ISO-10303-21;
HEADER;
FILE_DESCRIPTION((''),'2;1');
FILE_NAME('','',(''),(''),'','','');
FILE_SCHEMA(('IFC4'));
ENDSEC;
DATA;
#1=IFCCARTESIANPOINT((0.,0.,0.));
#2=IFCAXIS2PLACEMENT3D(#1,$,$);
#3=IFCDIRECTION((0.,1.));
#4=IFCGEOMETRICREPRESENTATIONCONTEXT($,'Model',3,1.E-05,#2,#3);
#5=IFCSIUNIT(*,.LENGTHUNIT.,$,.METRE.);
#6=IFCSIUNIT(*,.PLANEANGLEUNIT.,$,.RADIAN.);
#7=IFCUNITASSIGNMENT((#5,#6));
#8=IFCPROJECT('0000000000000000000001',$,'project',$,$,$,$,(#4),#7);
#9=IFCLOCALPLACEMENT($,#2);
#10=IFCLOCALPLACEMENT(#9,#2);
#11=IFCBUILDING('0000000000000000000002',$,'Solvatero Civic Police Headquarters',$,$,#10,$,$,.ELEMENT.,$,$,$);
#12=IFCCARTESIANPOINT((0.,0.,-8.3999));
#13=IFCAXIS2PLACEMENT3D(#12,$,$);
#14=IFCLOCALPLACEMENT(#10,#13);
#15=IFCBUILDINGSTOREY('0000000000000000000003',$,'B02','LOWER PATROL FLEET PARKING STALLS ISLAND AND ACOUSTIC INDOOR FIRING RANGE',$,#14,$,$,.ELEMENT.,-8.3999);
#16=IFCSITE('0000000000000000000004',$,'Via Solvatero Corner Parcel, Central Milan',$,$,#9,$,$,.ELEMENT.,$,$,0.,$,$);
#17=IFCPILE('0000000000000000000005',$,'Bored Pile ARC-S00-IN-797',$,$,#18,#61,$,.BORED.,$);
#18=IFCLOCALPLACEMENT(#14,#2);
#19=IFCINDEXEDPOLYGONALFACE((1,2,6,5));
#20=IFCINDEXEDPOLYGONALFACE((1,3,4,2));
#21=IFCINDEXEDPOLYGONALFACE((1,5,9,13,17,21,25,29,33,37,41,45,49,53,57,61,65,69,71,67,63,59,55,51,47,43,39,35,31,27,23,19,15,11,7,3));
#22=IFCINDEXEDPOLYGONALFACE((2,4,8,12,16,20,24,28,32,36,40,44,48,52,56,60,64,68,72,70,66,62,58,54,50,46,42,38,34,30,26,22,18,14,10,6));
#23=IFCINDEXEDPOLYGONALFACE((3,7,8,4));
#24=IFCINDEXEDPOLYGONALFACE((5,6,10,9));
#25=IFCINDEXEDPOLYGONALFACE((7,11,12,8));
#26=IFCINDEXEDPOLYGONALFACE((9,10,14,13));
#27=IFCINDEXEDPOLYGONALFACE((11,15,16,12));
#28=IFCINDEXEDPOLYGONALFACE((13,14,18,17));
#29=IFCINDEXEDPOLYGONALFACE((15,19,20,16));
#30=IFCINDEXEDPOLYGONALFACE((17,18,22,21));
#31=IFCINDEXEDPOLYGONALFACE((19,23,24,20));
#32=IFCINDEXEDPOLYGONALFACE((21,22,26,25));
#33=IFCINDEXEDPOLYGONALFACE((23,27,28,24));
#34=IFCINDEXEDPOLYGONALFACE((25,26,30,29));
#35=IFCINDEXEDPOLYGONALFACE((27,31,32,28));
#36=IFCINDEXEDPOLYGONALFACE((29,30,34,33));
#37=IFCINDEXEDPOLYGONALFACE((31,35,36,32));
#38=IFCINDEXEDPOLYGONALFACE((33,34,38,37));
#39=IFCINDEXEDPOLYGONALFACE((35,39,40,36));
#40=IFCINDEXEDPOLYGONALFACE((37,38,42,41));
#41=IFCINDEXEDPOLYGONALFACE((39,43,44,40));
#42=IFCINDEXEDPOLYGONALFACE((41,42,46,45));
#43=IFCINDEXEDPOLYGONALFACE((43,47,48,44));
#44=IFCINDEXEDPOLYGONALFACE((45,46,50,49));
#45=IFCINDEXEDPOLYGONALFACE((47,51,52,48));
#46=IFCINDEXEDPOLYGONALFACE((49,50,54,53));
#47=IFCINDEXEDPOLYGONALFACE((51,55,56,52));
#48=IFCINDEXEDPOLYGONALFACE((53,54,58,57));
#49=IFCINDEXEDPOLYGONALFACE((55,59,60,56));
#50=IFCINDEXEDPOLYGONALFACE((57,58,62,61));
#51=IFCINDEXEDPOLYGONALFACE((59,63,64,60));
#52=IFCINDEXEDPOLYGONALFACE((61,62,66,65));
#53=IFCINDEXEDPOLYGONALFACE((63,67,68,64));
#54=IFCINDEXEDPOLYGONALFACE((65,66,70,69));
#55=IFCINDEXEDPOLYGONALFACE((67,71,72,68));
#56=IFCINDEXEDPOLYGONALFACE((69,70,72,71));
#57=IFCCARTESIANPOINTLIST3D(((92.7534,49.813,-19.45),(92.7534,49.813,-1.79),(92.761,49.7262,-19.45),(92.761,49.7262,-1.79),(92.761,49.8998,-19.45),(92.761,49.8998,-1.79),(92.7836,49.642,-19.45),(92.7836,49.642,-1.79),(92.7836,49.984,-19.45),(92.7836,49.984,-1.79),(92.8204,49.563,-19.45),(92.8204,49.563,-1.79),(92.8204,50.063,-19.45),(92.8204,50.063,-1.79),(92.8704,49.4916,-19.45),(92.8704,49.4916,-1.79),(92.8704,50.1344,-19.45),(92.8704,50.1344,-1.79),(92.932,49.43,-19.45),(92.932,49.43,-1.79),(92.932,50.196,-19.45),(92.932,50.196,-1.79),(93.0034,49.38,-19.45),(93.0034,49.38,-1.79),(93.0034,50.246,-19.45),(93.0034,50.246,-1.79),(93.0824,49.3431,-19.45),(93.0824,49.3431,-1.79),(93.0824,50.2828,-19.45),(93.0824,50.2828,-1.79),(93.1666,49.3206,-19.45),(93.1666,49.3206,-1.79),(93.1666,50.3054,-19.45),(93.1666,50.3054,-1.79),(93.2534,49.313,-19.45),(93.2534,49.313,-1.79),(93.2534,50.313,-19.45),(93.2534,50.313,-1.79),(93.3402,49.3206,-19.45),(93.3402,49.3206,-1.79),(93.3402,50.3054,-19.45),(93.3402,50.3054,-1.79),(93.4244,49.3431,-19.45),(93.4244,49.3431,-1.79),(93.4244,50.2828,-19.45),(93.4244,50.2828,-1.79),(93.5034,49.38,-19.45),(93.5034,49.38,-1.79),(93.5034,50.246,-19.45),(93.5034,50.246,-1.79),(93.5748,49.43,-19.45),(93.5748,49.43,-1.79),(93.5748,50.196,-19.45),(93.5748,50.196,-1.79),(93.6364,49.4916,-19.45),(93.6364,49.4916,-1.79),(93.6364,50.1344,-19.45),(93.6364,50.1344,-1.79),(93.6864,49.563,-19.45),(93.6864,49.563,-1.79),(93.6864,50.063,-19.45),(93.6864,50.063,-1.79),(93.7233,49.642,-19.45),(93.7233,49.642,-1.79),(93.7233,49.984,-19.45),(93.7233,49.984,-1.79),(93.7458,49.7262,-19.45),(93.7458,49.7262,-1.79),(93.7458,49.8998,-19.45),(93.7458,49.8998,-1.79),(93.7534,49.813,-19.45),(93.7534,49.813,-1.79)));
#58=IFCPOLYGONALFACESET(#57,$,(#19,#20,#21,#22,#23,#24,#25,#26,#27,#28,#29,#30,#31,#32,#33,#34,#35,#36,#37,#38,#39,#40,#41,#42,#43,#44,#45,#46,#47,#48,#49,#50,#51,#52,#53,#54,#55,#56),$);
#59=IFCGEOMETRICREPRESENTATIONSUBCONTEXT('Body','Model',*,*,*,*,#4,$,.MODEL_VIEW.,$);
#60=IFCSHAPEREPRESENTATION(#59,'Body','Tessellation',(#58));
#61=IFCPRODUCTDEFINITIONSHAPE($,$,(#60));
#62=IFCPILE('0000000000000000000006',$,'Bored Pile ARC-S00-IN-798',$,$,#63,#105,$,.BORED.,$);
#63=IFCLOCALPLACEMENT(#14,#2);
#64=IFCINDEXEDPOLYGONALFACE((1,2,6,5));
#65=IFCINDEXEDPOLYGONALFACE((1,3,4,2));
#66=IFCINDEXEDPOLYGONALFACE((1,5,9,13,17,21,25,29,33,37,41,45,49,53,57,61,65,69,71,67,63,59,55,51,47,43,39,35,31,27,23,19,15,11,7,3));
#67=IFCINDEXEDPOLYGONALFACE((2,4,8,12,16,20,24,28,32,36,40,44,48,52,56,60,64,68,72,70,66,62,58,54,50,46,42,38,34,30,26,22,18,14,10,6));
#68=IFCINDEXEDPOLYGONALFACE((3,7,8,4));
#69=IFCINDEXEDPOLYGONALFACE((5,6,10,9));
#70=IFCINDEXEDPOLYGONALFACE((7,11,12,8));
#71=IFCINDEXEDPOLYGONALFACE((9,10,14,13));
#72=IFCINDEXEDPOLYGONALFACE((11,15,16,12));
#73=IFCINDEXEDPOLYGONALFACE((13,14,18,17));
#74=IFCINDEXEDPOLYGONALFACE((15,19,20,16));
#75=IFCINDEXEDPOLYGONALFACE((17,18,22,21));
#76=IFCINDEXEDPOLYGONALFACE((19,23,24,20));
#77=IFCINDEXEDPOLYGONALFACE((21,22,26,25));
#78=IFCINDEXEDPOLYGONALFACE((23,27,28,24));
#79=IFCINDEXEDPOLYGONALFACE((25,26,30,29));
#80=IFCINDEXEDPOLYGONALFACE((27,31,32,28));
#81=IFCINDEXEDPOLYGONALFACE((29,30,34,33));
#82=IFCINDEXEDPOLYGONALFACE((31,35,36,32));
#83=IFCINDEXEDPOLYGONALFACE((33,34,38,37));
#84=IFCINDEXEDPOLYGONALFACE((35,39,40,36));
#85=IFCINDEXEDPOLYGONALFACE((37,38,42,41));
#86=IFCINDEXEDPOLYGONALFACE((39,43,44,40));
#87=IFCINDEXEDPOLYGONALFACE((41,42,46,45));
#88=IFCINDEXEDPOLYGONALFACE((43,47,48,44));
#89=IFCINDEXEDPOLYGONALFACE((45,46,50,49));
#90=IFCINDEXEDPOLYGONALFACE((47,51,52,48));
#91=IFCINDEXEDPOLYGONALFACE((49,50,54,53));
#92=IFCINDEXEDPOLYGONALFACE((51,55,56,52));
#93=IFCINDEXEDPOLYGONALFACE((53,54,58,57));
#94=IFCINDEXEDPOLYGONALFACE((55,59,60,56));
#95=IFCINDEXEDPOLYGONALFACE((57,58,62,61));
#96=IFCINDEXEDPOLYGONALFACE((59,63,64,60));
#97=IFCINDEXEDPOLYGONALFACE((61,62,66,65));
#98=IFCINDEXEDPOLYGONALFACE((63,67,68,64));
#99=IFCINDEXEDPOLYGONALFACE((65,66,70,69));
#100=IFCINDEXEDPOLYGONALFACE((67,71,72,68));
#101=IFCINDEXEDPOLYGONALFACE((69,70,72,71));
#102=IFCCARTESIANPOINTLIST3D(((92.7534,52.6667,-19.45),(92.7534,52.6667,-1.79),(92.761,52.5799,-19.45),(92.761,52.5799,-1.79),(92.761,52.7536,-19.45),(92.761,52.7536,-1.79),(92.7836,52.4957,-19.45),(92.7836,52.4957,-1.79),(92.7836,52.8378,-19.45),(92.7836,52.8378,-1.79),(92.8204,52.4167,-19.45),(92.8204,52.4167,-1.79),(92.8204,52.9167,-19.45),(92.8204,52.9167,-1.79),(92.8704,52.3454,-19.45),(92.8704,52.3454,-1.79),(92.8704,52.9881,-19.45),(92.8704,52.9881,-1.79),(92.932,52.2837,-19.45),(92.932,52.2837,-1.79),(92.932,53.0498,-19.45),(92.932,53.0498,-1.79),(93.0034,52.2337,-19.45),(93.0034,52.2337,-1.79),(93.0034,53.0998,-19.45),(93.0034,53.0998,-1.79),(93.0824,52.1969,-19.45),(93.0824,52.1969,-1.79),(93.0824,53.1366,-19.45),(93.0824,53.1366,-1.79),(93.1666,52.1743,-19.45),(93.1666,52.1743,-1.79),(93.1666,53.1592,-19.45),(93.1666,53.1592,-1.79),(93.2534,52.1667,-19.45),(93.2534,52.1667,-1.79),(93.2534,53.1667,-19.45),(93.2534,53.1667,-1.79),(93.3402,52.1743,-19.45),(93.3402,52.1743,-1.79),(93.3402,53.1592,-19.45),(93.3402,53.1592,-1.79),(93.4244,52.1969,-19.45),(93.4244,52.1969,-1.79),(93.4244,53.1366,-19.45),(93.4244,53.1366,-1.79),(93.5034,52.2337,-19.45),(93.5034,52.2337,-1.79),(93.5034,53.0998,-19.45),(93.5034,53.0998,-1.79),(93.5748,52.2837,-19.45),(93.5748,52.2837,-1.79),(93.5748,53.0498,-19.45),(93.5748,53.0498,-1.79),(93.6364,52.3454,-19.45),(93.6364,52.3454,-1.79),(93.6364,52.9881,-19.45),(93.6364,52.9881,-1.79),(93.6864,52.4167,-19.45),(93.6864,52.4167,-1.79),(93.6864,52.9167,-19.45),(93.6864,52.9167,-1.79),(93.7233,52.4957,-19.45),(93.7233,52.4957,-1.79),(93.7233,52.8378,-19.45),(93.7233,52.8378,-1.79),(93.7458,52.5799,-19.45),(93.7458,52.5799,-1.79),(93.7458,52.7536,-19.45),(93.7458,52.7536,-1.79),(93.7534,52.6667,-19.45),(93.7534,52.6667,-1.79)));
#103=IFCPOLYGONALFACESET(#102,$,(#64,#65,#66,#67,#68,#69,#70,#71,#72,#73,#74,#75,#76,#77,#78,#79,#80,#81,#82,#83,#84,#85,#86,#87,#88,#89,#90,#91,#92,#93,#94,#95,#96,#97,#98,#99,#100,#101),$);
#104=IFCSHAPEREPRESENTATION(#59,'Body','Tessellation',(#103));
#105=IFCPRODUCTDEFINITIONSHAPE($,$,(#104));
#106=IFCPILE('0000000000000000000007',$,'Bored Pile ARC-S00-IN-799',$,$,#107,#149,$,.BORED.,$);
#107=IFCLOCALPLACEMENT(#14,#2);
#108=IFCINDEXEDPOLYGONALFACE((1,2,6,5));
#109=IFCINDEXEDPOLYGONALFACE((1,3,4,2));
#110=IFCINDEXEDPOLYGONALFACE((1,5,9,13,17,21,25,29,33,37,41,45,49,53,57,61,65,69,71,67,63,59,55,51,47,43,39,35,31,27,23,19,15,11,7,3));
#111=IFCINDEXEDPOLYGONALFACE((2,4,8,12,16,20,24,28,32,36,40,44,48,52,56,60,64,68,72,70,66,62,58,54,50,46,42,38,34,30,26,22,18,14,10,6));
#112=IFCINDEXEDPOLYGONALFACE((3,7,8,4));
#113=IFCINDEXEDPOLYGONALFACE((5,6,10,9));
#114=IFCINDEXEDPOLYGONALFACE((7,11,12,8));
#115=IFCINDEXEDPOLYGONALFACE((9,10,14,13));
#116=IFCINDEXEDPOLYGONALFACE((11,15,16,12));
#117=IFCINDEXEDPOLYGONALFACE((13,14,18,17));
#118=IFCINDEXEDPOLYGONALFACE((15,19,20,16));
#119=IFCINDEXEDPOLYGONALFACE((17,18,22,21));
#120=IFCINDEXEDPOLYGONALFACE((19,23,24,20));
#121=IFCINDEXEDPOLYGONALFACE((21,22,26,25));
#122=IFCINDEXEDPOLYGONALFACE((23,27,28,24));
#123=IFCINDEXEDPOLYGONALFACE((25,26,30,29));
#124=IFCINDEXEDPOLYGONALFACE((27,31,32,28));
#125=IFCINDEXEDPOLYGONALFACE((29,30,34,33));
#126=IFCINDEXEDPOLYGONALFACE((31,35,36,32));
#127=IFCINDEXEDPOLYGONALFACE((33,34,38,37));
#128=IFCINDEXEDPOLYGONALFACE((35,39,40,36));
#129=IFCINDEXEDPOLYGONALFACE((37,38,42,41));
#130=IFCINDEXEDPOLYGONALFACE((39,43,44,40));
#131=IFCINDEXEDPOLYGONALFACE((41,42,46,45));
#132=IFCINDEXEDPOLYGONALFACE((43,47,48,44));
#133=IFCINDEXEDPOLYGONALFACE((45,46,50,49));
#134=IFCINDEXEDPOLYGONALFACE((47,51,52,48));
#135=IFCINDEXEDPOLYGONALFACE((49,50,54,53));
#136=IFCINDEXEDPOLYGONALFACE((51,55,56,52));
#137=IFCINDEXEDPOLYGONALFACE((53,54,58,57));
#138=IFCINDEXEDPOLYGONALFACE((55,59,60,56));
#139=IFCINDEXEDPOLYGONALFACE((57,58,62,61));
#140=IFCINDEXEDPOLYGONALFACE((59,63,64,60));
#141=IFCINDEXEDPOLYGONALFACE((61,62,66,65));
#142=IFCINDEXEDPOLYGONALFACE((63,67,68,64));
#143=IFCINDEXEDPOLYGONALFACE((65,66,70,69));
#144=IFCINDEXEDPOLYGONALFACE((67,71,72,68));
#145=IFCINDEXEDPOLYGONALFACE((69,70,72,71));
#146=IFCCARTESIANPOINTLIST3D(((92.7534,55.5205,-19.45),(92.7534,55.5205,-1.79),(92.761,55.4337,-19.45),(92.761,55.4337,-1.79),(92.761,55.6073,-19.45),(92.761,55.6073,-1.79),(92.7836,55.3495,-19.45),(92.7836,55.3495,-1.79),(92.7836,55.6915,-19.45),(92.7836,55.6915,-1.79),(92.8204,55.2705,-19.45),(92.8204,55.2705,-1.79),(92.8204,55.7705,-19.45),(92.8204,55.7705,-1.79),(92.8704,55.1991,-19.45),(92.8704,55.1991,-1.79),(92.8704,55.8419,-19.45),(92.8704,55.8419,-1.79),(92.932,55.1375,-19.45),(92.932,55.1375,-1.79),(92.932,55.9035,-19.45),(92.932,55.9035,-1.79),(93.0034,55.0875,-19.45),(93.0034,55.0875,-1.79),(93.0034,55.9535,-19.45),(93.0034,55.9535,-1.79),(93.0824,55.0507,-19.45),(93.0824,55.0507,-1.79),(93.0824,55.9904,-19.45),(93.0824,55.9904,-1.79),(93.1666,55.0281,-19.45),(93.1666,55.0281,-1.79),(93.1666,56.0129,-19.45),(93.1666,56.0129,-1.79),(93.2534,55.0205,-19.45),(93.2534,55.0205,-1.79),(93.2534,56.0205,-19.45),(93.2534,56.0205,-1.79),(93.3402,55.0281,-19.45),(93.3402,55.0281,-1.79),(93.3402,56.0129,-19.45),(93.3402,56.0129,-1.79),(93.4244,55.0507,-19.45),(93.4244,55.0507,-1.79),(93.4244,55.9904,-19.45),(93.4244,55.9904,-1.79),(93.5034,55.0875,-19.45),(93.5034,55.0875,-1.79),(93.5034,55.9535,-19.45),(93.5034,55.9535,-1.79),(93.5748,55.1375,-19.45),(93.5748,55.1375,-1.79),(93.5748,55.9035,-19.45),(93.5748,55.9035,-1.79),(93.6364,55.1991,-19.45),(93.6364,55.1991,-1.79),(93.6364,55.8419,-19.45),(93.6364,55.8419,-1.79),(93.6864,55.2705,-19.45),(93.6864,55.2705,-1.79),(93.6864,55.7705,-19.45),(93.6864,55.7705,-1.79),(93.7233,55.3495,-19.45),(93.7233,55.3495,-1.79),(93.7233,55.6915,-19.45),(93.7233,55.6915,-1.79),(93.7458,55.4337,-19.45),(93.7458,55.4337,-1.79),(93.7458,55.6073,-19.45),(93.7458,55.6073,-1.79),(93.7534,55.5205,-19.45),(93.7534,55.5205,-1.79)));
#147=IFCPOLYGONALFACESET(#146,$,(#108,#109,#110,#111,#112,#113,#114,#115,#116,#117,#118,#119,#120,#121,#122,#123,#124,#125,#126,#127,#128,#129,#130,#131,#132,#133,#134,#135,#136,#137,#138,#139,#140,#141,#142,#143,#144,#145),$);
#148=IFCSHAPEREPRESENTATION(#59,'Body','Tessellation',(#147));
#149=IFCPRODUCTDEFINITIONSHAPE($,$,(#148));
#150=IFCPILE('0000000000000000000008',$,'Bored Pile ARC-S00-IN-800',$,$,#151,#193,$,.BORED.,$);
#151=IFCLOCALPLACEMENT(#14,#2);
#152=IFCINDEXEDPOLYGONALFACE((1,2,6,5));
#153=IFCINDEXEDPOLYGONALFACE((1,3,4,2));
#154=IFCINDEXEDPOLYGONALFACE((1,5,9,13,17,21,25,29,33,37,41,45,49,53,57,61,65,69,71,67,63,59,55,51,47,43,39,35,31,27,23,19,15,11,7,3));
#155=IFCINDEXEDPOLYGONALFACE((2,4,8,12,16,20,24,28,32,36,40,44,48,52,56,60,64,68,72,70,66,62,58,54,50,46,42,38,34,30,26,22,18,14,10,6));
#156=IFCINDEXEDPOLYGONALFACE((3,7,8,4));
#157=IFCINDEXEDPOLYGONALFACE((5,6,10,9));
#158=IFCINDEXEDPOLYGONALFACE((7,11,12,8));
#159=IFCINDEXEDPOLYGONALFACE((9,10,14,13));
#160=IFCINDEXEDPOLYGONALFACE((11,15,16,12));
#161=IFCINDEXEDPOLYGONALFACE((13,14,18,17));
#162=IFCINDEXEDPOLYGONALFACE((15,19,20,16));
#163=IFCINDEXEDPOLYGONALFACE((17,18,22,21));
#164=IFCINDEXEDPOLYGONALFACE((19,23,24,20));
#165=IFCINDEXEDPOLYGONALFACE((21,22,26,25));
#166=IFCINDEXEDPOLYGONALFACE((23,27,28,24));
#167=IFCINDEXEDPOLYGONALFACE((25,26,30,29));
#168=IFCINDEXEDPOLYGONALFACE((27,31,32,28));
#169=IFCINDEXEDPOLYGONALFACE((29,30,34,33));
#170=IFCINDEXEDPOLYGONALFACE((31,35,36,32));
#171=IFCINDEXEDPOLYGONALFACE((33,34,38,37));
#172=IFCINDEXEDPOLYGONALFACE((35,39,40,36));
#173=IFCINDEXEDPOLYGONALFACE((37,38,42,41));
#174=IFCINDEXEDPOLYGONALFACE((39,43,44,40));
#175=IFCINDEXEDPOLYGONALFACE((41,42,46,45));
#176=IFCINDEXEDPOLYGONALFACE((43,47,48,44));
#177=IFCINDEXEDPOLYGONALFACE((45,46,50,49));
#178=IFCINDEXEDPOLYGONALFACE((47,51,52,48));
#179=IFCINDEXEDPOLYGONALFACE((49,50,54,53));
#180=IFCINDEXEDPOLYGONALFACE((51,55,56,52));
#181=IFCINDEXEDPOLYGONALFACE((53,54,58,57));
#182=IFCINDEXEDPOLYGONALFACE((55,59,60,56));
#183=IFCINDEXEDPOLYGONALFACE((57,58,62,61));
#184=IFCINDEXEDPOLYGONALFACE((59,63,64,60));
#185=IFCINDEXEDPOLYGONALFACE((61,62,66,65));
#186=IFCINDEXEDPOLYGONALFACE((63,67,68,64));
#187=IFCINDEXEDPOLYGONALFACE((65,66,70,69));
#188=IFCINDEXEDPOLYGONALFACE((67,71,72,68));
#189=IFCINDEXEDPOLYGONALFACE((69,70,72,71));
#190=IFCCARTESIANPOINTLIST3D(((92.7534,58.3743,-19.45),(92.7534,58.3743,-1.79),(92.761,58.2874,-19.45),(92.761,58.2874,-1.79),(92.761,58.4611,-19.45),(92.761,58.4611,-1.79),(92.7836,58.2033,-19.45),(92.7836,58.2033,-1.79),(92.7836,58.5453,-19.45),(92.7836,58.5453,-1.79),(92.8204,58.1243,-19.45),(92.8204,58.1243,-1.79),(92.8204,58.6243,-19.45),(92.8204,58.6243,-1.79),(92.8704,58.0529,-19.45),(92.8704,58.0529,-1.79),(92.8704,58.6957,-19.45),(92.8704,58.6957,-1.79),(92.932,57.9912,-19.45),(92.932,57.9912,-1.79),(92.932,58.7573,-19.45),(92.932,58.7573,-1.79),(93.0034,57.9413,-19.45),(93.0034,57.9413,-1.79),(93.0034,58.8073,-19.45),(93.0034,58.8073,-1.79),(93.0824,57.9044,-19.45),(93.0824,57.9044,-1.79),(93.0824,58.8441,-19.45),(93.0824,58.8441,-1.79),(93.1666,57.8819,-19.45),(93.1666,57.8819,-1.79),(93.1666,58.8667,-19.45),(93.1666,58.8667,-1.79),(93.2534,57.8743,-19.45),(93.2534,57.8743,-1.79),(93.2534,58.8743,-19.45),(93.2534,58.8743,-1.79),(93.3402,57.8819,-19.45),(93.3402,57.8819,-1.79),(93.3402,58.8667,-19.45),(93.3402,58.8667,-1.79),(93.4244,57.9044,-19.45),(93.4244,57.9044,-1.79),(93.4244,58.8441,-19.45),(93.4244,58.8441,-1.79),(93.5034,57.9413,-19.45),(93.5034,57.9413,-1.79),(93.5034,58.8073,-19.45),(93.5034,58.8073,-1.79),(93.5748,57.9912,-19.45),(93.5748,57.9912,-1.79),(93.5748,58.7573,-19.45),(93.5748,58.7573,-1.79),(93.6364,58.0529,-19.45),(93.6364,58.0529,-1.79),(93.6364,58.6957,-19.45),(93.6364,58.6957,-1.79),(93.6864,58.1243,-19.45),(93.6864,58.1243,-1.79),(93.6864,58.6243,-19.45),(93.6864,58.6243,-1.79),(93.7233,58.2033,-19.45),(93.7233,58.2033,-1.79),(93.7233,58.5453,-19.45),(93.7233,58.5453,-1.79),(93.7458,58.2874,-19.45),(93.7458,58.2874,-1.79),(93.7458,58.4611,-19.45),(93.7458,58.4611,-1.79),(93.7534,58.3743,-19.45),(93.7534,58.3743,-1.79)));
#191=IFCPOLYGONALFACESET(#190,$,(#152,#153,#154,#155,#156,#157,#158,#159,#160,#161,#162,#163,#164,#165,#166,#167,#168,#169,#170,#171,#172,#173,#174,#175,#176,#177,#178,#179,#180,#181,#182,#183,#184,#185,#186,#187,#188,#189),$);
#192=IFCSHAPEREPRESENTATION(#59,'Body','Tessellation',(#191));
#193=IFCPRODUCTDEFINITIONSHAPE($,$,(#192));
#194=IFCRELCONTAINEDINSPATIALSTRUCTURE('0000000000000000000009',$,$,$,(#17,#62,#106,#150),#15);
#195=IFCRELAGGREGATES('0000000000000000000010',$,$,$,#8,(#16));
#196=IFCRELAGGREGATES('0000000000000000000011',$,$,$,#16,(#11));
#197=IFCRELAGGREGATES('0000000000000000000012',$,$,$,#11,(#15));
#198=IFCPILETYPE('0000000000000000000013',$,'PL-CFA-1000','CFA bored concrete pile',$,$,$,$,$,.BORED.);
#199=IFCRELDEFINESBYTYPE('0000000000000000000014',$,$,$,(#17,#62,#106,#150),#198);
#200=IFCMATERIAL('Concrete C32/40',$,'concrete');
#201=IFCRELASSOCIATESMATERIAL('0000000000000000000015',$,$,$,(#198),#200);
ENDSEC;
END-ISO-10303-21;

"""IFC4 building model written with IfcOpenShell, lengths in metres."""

from ifc_helpers import new_model, si_unit, direction, frame, origin, origin_2d, place, context, subcontext, project, spatial, circle, extrude, material, material_profile, profile_set, type_object, element, save


model = new_model("IFC4")

# Units and contexts
model_context = context("Model", 3, precision=1e-05, world=origin(), true_north=direction((0.0, 1.0)))
body_context = subcontext(model_context, "Body", "Model", "MODEL_VIEW")
ifc_project = project(units=[si_unit("LENGTHUNIT", "METRE"), si_unit("PLANEANGLEUNIT", "RADIAN")], contexts=[model_context])

# Site, building, storey
site_placement = place(None, origin())
site = spatial("IfcSite", under=ifc_project, at=site_placement, Name="Via Solvatero Corner Parcel, Central Milan", CompositionType="ELEMENT", RefElevation=0.0)
building_placement = place(site_placement, origin())
building = spatial("IfcBuilding", under=site, at=building_placement, Name="Solvatero Civic Police Headquarters", CompositionType="ELEMENT")
storey_placement = place(building_placement, frame((0.0, 0.0, -8.3999)))
storey = spatial("IfcBuildingStorey", under=building, at=storey_placement, Name="B02", Description="LOWER PATROL FLEET PARKING STALLS ISLAND AND ACOUSTIC INDOOR FIRING RANGE", CompositionType="ELEMENT", Elevation=-8.3999)

# Piles
ifc_material_1 = material(Name="Concrete C32/40", Category="concrete")
ifc_material_profile_1 = material_profile(ifc_material_1, circle(Radius=0.5, at=origin_2d()), Name="CFA PILE D1000")
ifc_profile_set_1 = profile_set([ifc_material_profile_1], Name="Concrete C32/40")
pile_type = type_object("IfcPileType", Name="PL-CFA-1000", Description="CFA bored concrete pile", PredefinedType="BORED", material=ifc_profile_set_1)
for number, where, z_axis, x_axis, name in (
    (1, (93.2534, 49.813, -1.79), (0.0, 0.0, -1.0), (1.0, 0.0, 0.0), "Bored Pile ARC-S00-IN-797"),
    (2, (93.2534, 52.6667, -1.79), (0.0, 0.0, -1.0), (1.0, 0.0, 0.0), "Bored Pile ARC-S00-IN-798"),
    (3, (93.2534, 55.5205, -1.79), (0.0, 0.0, -1.0), (1.0, 0.0, 0.0), "Bored Pile ARC-S00-IN-799"),
    (4, (93.2534, 58.3743, -1.79), (0.0, 0.0, -1.0), (1.0, 0.0, 0.0), "Bored Pile ARC-S00-IN-800"),
):
    element("IfcPile", number, at=place(storey_placement, frame(where, z_axis=z_axis, x_axis=x_axis)), inside=storey, type_object=pile_type, Name=name, PredefinedType="BORED", context=body_context, shape_type="SweptSolid", body=[
        extrude(circle(Radius=0.5, at=origin_2d()), origin(), (0.0, 0.0, 1.0), 17.6599),
    ])

save(model, "model.ifc")
